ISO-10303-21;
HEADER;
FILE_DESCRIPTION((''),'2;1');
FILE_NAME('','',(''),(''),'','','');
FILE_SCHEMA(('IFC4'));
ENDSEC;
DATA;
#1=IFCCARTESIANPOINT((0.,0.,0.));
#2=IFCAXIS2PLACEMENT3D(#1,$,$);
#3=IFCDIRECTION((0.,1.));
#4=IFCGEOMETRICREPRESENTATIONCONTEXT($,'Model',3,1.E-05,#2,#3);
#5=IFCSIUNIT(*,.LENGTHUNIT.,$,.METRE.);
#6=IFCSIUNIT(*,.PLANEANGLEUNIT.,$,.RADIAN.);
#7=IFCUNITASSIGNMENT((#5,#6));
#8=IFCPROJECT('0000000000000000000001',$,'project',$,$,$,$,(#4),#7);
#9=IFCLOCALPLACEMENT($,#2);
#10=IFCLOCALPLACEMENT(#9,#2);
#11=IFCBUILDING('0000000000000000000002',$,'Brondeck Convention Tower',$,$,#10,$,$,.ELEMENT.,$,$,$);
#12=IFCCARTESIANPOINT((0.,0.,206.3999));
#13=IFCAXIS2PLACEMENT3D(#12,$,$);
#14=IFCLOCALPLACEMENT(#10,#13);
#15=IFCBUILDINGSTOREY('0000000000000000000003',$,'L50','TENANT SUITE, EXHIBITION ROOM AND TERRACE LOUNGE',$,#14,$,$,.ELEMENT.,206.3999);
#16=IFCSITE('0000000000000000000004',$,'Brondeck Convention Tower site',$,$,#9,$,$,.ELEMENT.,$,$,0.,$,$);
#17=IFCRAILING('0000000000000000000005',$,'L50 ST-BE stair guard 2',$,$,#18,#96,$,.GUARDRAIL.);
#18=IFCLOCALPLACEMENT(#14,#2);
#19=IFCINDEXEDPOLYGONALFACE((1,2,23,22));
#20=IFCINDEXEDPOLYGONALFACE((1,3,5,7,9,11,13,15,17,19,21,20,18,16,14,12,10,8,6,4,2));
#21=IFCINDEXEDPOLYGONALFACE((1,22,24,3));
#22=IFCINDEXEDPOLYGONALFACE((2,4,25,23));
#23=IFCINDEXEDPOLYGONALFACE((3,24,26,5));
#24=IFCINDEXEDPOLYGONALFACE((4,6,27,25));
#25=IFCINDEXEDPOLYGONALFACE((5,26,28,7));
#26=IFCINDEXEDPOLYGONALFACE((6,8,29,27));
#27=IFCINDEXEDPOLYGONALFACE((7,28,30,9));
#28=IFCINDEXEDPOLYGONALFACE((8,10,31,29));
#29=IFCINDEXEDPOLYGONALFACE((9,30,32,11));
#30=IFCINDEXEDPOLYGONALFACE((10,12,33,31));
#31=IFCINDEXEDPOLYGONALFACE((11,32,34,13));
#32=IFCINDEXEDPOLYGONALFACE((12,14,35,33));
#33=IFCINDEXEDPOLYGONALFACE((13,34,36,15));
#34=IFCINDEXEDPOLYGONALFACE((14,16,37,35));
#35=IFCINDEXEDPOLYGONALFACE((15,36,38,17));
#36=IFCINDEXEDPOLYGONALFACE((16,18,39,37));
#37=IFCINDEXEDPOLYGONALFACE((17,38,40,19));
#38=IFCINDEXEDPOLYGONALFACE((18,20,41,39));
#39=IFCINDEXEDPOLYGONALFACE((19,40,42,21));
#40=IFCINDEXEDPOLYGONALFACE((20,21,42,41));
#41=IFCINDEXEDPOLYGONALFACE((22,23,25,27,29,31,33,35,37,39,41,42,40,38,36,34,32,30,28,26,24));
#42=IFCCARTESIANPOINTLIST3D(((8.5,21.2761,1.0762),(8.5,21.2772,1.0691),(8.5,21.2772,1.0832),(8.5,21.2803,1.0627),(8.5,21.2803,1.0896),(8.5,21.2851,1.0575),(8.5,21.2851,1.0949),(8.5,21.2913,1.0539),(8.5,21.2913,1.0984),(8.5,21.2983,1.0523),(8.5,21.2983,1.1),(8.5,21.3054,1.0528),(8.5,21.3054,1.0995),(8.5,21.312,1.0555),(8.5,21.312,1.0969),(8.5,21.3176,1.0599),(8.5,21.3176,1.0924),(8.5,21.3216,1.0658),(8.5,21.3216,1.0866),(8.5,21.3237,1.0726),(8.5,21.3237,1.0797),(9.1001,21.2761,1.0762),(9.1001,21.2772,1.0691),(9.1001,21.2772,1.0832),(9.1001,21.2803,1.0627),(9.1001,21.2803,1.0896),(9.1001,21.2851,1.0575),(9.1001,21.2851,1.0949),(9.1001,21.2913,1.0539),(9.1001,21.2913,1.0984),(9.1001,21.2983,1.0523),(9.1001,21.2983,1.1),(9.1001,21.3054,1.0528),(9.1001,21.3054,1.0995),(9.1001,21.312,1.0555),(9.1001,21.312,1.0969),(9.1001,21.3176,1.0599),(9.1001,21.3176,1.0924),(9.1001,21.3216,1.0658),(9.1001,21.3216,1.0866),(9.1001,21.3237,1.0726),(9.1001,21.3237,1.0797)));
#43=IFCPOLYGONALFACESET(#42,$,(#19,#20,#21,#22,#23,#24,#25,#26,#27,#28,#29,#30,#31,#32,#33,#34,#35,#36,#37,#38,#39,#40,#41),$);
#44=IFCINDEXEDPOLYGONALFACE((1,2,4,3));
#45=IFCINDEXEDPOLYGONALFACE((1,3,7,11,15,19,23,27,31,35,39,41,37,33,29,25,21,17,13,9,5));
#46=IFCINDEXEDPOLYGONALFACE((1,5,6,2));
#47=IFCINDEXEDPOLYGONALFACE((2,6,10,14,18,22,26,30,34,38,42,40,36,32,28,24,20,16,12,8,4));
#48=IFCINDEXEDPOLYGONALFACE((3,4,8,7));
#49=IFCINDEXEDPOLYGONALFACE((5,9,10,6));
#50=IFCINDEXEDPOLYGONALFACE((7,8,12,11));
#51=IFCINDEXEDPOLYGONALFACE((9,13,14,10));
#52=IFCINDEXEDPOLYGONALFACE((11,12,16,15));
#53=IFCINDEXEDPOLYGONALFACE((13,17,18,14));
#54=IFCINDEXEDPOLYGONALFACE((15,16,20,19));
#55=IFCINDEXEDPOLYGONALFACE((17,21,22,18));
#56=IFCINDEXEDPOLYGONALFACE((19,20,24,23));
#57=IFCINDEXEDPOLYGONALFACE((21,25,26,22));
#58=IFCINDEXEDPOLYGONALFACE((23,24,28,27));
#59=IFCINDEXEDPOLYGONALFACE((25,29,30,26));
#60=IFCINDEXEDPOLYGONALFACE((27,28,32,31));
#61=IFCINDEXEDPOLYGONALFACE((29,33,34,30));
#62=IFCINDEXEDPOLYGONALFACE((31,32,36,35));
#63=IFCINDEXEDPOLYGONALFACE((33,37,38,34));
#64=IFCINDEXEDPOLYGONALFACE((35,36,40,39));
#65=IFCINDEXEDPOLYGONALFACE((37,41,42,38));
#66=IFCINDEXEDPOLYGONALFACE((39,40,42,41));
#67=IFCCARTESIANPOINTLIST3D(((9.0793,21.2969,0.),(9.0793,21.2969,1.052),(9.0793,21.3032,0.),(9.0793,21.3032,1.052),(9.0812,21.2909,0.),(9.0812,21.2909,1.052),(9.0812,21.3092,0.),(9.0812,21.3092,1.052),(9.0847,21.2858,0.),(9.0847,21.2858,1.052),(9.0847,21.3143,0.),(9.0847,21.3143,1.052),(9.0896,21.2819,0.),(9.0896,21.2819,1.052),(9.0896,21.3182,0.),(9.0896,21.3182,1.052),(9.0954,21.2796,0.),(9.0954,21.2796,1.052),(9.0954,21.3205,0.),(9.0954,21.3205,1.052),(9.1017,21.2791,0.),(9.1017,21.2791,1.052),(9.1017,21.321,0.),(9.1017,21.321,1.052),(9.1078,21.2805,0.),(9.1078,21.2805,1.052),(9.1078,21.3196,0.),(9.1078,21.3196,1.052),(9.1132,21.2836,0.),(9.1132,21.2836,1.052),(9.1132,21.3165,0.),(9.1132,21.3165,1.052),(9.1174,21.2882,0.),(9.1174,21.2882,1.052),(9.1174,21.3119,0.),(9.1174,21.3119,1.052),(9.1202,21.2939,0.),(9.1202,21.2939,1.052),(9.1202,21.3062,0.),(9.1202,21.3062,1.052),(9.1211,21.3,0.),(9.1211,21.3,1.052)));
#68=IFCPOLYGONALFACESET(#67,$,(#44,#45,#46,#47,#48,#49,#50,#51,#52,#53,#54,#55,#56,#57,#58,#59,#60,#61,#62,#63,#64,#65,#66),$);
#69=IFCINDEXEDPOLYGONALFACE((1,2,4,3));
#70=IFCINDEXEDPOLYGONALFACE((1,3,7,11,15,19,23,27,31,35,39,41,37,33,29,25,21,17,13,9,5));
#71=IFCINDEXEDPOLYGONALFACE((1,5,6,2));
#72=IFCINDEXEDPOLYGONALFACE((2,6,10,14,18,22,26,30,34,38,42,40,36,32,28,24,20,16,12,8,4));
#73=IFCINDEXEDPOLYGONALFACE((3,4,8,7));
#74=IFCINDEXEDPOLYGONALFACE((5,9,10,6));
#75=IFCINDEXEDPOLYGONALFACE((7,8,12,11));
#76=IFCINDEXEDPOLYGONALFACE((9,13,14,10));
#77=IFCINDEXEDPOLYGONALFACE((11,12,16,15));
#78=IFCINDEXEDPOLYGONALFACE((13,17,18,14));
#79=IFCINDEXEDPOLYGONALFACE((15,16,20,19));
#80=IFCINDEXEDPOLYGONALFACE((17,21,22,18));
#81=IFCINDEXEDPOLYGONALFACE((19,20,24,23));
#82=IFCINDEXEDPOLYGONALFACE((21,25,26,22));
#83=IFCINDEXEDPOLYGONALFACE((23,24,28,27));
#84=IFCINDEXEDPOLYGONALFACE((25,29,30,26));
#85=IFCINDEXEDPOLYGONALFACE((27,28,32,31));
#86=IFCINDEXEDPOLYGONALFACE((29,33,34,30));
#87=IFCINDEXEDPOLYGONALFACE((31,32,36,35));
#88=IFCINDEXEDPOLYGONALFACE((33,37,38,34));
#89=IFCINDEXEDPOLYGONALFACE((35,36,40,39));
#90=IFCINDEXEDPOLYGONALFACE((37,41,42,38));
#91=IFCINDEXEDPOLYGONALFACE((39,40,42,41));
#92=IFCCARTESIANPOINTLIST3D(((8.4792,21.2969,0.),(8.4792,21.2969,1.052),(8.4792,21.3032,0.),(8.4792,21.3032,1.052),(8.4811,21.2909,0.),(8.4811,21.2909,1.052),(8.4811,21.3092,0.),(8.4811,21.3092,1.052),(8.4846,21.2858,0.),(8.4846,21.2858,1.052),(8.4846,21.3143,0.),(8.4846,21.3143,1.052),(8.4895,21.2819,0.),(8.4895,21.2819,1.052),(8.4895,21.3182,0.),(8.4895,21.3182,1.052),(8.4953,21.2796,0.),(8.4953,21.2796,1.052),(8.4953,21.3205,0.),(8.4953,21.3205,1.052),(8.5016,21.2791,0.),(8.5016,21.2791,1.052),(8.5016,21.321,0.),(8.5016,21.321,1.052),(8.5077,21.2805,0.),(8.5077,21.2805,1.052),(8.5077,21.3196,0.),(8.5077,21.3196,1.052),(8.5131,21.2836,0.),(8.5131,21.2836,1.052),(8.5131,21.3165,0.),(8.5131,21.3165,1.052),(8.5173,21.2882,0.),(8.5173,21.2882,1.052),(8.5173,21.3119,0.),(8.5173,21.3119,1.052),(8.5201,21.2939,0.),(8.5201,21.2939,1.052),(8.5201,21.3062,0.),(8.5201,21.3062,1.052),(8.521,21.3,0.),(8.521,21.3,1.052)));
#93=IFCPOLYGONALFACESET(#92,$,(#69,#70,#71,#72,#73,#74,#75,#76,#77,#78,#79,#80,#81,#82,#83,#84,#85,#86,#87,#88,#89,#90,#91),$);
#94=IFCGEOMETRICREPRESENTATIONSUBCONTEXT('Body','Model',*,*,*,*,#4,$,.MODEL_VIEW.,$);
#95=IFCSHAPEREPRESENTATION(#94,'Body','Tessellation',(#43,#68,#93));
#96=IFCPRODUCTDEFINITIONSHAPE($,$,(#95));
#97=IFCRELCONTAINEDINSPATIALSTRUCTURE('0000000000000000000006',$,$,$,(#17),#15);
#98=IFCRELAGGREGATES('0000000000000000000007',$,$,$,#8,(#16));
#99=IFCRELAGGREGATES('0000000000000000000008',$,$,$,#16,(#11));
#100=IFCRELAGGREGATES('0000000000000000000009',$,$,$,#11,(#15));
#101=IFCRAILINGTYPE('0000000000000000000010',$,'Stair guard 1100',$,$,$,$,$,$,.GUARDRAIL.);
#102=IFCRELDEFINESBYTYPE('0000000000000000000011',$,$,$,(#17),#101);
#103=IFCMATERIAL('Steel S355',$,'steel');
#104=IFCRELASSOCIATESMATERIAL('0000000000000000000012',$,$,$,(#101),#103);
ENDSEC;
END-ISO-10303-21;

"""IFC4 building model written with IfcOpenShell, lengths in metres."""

from ifc_helpers import new_model, si_unit, direction, frame, origin, origin_2d, place, context, subcontext, project, spatial, circle, extrude, material, type_object, element, save


model = new_model("IFC4")

# Units and contexts
model_context = context("Model", 3, precision=1e-05, world=origin(), true_north=direction((0.0, 1.0)))
body_context = subcontext(model_context, "Body", "Model", "MODEL_VIEW")
ifc_project = project(units=[si_unit("LENGTHUNIT", "METRE"), si_unit("PLANEANGLEUNIT", "RADIAN")], contexts=[model_context])

# Site, building, storey
site_placement = place(None, origin())
site = spatial("IfcSite", under=ifc_project, at=site_placement, Name="Brondeck Convention Tower site", CompositionType="ELEMENT", RefElevation=0.0)
building_placement = place(site_placement, origin())
building = spatial("IfcBuilding", under=site, at=building_placement, Name="Brondeck Convention Tower", CompositionType="ELEMENT")
storey_placement = place(building_placement, frame((0.0, 0.0, 206.3999)))
storey = spatial("IfcBuildingStorey", under=building, at=storey_placement, Name="L50", Description="TENANT SUITE, EXHIBITION ROOM AND TERRACE LOUNGE", CompositionType="ELEMENT", Elevation=206.3999)

# Shared definitions
ifc_material_1 = material(Name="Steel S355", Category="steel")

# Railing
railing_type_1 = type_object("IfcRailingType", Name="Stair guard 1100", PredefinedType="GUARDRAIL", material=ifc_material_1)
railing_1_placement = place(storey_placement, frame((9.1001, 21.3, 0.0)))
element("IfcRailing", 1, at=railing_1_placement, inside=storey, type_object=railing_type_1, Name="L50 ST-BE stair guard 2", PredefinedType="GUARDRAIL", context=body_context, shape_type="SweptSolid", body=[
    extrude(circle(Radius=0.0239, at=origin_2d()), frame((0.0, 0.0, 1.0762), z_axis=(-1.0, 0.0, 0.0), x_axis=(0.0, -1.0, 0.0)), (0.0, 0.0, 1.0), 0.6001),
    extrude(circle(Radius=0.021, at=origin_2d()), origin(), (0.0, 0.0, 1.0), 1.052),
    extrude(circle(Radius=0.021, at=origin_2d()), frame((-0.6001, 0.0, 0.0)), (0.0, 0.0, 1.0), 1.052),
])

save(model, "model.ifc")
